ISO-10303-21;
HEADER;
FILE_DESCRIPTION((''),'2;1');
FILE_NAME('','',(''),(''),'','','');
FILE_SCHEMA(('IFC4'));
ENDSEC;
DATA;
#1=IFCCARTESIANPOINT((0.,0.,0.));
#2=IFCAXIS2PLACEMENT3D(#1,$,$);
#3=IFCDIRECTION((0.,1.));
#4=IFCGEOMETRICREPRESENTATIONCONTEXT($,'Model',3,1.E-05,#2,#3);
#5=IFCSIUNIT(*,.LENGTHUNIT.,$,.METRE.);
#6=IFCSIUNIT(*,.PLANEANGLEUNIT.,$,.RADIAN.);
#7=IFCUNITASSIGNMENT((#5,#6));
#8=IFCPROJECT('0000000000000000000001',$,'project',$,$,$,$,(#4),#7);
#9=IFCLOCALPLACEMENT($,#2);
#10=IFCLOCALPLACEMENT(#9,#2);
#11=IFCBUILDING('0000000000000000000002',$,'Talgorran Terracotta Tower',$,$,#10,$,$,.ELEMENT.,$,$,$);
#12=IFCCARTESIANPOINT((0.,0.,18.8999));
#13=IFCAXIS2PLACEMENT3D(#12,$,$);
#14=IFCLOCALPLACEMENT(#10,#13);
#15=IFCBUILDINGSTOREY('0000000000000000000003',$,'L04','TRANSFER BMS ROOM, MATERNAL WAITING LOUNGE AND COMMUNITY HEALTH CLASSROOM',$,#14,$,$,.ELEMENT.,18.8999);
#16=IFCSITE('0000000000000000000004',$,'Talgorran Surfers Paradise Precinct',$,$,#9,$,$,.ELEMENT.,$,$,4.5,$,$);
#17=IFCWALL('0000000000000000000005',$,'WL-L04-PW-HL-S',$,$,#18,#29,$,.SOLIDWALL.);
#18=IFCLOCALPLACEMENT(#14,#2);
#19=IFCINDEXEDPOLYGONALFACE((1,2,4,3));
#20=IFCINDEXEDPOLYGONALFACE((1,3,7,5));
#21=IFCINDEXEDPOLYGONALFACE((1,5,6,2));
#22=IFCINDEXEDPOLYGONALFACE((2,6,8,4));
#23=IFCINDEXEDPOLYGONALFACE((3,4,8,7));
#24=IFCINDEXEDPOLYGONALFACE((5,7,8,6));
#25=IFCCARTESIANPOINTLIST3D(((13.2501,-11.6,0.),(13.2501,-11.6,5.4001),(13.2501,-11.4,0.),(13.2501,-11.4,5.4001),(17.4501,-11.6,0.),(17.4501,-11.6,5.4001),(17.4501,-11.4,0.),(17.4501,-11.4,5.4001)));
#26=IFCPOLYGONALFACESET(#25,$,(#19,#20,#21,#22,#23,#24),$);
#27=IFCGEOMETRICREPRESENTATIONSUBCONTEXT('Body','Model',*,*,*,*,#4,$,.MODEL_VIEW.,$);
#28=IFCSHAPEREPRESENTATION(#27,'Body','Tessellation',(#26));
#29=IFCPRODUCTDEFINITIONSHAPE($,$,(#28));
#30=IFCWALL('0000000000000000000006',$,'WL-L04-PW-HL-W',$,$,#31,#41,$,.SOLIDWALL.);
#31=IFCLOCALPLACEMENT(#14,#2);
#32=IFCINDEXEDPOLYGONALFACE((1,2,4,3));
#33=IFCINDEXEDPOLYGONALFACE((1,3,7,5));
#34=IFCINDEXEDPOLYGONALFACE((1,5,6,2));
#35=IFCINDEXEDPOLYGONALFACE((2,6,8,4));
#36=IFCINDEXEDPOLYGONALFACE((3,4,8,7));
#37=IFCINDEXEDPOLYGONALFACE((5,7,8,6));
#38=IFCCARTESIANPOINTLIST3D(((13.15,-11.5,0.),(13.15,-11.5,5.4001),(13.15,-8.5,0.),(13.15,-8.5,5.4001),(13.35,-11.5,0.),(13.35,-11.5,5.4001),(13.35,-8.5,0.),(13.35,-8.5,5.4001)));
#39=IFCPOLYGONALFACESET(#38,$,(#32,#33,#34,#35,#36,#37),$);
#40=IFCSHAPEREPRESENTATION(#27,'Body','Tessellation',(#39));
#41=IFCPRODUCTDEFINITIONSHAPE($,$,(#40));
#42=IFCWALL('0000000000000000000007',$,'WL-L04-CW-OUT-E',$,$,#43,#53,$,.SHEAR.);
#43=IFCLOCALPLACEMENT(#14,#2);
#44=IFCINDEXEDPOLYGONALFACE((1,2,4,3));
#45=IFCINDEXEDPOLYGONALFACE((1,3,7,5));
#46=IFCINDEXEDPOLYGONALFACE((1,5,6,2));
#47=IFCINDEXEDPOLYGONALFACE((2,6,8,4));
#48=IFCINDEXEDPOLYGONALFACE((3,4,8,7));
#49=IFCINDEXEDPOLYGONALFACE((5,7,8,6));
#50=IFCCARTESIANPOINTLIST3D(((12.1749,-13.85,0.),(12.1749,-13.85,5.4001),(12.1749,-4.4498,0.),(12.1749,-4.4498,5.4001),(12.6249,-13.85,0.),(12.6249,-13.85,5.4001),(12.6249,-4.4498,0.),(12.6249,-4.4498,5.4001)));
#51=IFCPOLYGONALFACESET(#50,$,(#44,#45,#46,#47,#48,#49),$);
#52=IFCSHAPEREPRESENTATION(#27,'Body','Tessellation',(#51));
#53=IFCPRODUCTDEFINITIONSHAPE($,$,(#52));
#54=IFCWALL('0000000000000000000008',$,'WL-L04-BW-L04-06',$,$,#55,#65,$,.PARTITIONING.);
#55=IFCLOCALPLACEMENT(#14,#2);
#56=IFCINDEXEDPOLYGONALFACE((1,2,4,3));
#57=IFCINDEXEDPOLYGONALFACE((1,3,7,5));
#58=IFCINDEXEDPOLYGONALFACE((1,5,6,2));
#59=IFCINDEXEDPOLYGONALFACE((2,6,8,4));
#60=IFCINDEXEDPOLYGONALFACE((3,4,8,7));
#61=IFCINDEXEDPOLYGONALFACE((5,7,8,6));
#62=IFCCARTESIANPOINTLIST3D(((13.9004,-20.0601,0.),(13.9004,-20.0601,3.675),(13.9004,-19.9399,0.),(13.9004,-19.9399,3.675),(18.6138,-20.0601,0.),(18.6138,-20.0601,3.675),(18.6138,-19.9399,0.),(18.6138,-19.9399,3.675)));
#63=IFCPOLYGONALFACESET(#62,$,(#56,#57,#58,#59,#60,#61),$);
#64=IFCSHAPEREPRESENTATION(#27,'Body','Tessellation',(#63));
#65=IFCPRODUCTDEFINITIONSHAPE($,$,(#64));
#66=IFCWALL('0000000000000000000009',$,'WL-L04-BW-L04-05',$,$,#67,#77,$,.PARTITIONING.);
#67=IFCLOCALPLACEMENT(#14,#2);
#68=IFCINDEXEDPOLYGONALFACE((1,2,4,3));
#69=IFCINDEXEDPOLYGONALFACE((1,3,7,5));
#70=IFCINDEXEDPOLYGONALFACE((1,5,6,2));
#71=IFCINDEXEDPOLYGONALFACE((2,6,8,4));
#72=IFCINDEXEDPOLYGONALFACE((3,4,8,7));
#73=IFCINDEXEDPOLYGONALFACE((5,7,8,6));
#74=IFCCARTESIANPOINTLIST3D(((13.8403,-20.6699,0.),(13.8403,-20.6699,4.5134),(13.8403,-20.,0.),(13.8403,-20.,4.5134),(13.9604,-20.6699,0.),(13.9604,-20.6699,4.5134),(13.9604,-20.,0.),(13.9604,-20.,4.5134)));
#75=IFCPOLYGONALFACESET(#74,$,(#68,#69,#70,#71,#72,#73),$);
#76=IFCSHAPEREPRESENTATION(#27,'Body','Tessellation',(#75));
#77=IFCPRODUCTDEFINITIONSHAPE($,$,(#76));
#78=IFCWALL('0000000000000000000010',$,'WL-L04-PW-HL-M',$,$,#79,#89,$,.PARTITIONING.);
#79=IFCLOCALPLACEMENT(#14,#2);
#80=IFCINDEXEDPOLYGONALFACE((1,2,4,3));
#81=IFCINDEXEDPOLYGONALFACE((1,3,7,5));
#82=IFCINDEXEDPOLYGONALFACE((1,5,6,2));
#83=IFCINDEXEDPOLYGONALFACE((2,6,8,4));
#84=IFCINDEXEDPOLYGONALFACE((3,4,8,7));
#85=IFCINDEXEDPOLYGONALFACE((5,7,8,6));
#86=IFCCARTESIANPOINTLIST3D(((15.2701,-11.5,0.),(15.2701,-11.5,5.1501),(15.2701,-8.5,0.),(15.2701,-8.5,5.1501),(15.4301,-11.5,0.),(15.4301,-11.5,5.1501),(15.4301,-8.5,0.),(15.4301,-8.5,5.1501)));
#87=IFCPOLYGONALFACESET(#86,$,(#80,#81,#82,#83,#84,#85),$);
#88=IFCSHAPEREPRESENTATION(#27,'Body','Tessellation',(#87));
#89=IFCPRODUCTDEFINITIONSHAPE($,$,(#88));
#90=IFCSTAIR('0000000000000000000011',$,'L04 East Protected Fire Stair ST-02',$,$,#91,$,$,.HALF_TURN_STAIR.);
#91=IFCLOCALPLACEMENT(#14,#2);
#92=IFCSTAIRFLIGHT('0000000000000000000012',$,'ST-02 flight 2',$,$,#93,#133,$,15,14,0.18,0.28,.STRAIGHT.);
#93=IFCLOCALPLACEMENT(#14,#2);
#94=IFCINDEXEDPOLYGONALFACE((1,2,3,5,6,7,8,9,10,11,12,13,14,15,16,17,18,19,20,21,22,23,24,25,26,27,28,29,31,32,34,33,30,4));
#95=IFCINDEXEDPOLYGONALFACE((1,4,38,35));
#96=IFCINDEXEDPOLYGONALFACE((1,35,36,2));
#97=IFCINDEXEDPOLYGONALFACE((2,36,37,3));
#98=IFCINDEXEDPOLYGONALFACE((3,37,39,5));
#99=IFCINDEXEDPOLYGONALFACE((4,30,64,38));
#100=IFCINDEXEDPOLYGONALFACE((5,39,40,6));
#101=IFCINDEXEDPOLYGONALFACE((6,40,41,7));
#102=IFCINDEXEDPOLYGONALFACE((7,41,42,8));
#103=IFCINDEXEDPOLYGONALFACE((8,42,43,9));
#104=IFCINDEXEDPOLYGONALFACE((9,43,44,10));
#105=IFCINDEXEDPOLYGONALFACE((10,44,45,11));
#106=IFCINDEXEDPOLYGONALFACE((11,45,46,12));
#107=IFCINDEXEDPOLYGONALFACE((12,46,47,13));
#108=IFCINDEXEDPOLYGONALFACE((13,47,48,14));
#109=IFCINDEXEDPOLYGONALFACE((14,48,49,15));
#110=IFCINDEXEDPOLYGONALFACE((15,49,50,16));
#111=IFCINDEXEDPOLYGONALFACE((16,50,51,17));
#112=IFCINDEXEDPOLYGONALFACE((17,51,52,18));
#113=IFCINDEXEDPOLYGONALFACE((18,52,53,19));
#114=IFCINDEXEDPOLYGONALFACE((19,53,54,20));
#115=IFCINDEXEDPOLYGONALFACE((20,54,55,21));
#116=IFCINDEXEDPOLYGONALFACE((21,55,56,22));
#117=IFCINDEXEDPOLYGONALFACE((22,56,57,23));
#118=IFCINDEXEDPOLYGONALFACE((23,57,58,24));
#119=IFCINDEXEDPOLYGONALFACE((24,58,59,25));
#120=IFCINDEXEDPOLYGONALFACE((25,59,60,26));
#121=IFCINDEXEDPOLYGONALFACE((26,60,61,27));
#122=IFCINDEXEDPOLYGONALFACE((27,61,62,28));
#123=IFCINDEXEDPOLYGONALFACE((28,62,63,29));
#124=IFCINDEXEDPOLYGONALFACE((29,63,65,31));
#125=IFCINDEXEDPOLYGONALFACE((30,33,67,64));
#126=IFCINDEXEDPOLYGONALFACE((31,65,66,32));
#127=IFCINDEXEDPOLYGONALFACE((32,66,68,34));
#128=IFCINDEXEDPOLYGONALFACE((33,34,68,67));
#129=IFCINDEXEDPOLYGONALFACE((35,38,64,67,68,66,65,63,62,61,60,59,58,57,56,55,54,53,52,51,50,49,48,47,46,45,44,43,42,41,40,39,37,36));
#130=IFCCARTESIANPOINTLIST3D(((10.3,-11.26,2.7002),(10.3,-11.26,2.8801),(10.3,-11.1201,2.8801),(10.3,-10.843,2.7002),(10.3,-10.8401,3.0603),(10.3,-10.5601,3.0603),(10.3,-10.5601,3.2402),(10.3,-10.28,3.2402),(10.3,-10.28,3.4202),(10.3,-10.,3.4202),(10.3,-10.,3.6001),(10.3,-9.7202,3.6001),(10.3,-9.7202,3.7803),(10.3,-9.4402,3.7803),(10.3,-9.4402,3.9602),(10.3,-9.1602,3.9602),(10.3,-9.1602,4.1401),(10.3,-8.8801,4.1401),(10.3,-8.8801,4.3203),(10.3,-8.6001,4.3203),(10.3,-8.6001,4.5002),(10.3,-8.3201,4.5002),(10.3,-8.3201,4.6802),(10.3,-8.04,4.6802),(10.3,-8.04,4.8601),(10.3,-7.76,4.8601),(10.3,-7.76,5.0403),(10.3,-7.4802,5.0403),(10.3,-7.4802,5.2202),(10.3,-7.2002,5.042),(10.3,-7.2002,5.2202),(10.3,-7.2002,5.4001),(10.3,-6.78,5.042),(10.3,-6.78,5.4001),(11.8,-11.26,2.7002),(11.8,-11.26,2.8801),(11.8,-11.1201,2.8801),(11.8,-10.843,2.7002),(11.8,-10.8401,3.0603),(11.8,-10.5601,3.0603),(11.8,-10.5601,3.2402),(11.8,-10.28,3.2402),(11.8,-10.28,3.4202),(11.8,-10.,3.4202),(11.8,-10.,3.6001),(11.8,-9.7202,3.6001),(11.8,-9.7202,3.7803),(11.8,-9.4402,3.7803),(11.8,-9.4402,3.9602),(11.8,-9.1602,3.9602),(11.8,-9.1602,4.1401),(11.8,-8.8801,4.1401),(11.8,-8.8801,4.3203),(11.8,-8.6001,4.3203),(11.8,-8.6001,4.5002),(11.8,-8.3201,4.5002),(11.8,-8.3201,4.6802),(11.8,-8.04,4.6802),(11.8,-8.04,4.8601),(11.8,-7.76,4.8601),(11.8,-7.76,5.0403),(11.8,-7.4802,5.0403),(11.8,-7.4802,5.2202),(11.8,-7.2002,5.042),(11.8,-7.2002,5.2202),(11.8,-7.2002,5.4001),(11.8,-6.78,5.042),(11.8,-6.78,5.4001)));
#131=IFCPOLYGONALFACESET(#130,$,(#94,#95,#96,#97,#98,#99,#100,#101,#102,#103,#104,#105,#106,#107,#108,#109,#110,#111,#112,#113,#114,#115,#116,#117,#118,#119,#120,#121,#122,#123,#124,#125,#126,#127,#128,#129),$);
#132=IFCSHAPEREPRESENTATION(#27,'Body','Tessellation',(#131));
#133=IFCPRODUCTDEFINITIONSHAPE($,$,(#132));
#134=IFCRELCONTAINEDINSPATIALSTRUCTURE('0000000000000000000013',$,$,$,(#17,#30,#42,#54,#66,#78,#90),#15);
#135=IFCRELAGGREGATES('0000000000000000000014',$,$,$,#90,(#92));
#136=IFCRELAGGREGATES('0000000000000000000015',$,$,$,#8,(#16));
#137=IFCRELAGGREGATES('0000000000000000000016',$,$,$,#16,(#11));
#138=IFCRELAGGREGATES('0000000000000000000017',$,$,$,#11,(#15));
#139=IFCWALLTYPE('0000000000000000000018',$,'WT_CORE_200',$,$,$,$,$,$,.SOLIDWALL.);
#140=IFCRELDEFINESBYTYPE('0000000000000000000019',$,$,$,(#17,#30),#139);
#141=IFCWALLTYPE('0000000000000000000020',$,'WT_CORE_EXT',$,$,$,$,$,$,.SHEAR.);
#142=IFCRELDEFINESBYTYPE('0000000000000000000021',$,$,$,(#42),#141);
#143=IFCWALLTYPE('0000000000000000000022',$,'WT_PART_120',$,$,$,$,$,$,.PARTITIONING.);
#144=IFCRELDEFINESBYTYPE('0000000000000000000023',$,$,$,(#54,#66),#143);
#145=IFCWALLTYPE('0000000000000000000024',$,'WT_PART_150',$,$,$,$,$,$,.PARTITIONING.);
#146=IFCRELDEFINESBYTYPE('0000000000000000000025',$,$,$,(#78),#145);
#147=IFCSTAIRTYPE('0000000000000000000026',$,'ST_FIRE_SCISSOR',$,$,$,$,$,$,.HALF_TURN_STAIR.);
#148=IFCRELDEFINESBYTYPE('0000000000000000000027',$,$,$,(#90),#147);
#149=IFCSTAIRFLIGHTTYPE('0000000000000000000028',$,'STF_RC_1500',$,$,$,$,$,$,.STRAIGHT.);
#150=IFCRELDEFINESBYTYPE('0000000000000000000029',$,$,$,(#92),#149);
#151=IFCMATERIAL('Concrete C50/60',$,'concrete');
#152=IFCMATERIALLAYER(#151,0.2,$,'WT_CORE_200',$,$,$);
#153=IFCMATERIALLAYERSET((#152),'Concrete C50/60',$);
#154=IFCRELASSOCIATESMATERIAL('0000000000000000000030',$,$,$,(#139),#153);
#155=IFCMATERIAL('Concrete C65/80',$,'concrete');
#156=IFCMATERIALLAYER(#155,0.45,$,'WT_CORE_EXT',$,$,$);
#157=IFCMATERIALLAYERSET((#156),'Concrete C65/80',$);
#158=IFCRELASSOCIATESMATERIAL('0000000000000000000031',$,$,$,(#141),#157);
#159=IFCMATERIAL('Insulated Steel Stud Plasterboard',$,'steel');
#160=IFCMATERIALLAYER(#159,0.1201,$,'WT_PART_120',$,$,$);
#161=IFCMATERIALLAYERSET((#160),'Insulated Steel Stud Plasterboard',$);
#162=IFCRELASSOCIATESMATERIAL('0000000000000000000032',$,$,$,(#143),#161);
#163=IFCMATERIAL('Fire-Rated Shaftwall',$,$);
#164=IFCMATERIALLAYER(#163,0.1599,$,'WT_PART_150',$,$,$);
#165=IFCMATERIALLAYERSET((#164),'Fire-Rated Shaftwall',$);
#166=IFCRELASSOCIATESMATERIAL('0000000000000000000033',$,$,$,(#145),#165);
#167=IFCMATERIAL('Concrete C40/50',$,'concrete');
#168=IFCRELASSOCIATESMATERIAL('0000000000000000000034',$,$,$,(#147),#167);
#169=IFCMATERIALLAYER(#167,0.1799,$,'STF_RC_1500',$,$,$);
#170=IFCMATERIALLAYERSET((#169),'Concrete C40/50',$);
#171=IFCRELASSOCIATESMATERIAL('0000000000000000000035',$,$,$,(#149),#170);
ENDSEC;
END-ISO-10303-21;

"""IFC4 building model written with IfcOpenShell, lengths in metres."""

from ifc_helpers import new_model, si_unit, direction, frame, frame_2d, origin, place, context, subcontext, project, spatial, polyline, rectangle, outline, extrude, material, layer, layer_set, type_object, element, aggregate, save


model = new_model("IFC4")

# Units and contexts
model_context = context("Model", 3, precision=1e-05, world=origin(), true_north=direction((0.0, 1.0)))
body_context = subcontext(model_context, "Body", "Model", "MODEL_VIEW")
ifc_project = project(units=[si_unit("LENGTHUNIT", "METRE"), si_unit("PLANEANGLEUNIT", "RADIAN")], contexts=[model_context])

# Site, building, storey
site_placement = place(None, origin())
site = spatial("IfcSite", under=ifc_project, at=site_placement, Name="Talgorran Surfers Paradise Precinct", CompositionType="ELEMENT", RefElevation=4.5)
building_placement = place(site_placement, origin())
building = spatial("IfcBuilding", under=site, at=building_placement, Name="Talgorran Terracotta Tower", CompositionType="ELEMENT")
storey_placement = place(building_placement, frame((0.0, 0.0, 18.8999)))
storey = spatial("IfcBuildingStorey", under=building, at=storey_placement, Name="L04", Description="TRANSFER BMS ROOM, MATERNAL WAITING LOUNGE AND COMMUNITY HEALTH CLASSROOM", CompositionType="ELEMENT", Elevation=18.8999)

# Walls
ifc_material_1 = material(Name="Concrete C50/60", Category="concrete")
ifc_layer_1 = layer(ifc_material_1, 0.2, Name="WT_CORE_200")
ifc_layer_set_1 = layer_set([ifc_layer_1], Name="Concrete C50/60")
wall_type_1 = type_object("IfcWallType", Name="WT_CORE_200", PredefinedType="SOLIDWALL", material=ifc_layer_set_1)
wall_1_placement = place(storey_placement, frame((13.25, -11.5, 0.0), z_axis=(0.0, 0.0, 1.0), x_axis=(1.0, 0.0, 0.0)))
element("IfcWall", 1, at=wall_1_placement, inside=storey, type_object=wall_type_1, Name="WL-L04-PW-HL-S", PredefinedType="SOLIDWALL", context=body_context, shape_type="SweptSolid", body=[
    extrude(rectangle(XDim=4.2, YDim=0.2, at=frame_2d((2.1001, 0.0))), origin(), (0.0, 0.0, 1.0), 5.4001),
])
wall_2_placement = place(storey_placement, frame((13.25, -11.5, 0.0), z_axis=(0.0, 0.0, 1.0), x_axis=(0.0, 1.0, 0.0)))
element("IfcWall", 2, at=wall_2_placement, inside=storey, type_object=wall_type_1, Name="WL-L04-PW-HL-W", PredefinedType="SOLIDWALL", context=body_context, shape_type="SweptSolid", body=[
    extrude(rectangle(XDim=3.0, YDim=0.2, at=frame_2d((1.5, 0.0))), origin(), (0.0, 0.0, 1.0), 5.4001),
])
ifc_material_2 = material(Name="Concrete C65/80", Category="concrete")
ifc_layer_2 = layer(ifc_material_2, 0.45, Name="WT_CORE_EXT")
ifc_layer_set_2 = layer_set([ifc_layer_2], Name="Concrete C65/80")
wall_type_2 = type_object("IfcWallType", Name="WT_CORE_EXT", PredefinedType="SHEAR", material=ifc_layer_set_2)
wall_3_placement = place(storey_placement, frame((12.3999, -13.8501, 0.0), z_axis=(0.0, 0.0, 1.0), x_axis=(0.0, 1.0, 0.0)))
element("IfcWall", 3, at=wall_3_placement, inside=storey, type_object=wall_type_2, Name="WL-L04-CW-OUT-E", PredefinedType="SHEAR", context=body_context, shape_type="SweptSolid", body=[
    extrude(rectangle(XDim=9.4001, YDim=0.45, at=frame_2d((4.7002, 0.0))), origin(), (0.0, 0.0, 1.0), 5.4001),
])
ifc_material_3 = material(Name="Insulated Steel Stud Plasterboard", Category="steel")
ifc_layer_3 = layer(ifc_material_3, 0.1201, Name="WT_PART_120")
ifc_layer_set_3 = layer_set([ifc_layer_3], Name="Insulated Steel Stud Plasterboard")
wall_type_3 = type_object("IfcWallType", Name="WT_PART_120", PredefinedType="PARTITIONING", material=ifc_layer_set_3)
wall_4_placement = place(storey_placement, frame((13.9004, -20.0, 0.0), z_axis=(0.0, 0.0, 1.0), x_axis=(1.0, 0.0, 0.0)))
element("IfcWall", 4, at=wall_4_placement, inside=storey, type_object=wall_type_3, Name="WL-L04-BW-L04-06", PredefinedType="PARTITIONING", context=body_context, shape_type="SweptSolid", body=[
    extrude(rectangle(XDim=4.7134, YDim=0.1201, at=frame_2d((2.3567, 0.0))), origin(), (0.0, 0.0, 1.0), 3.675),
])
wall_5_placement = place(storey_placement, frame((13.9004, -20.6699, 0.0), z_axis=(0.0, 0.0, 1.0), x_axis=(0.0, 1.0, 0.0)))
element("IfcWall", 5, at=wall_5_placement, inside=storey, type_object=wall_type_3, Name="WL-L04-BW-L04-05", PredefinedType="PARTITIONING", context=body_context, shape_type="SweptSolid", body=[
    extrude(rectangle(XDim=0.6699, YDim=0.1201, at=frame_2d((0.335, 0.0))), origin(), (0.0, 0.0, 1.0), 4.5134),
])
ifc_material_4 = material(Name="Fire-Rated Shaftwall")
ifc_layer_4 = layer(ifc_material_4, 0.1599, Name="WT_PART_150")
ifc_layer_set_4 = layer_set([ifc_layer_4], Name="Fire-Rated Shaftwall")
wall_type_4 = type_object("IfcWallType", Name="WT_PART_150", PredefinedType="PARTITIONING", material=ifc_layer_set_4)
wall_6_placement = place(storey_placement, frame((15.3501, -11.5, 0.0), z_axis=(0.0, 0.0, 1.0), x_axis=(0.0, 1.0, 0.0)))
element("IfcWall", 6, at=wall_6_placement, inside=storey, type_object=wall_type_4, Name="WL-L04-PW-HL-M", PredefinedType="PARTITIONING", context=body_context, shape_type="SweptSolid", body=[
    extrude(rectangle(XDim=3.0, YDim=0.1599, at=frame_2d((1.5, 0.0))), origin(), (0.0, 0.0, 1.0), 5.1501),
])

# Stair, stair flight
ifc_material_5 = material(Name="Concrete C40/50", Category="concrete")
stair_type = type_object("IfcStairType", Name="ST_FIRE_SCISSOR", PredefinedType="HALF_TURN_STAIR", material=ifc_material_5)
stair_placement = place(storey_placement, origin())
stair = element("IfcStair", 7, at=stair_placement, inside=storey, type_object=stair_type, Name="L04 East Protected Fire Stair ST-02", PredefinedType="HALF_TURN_STAIR")
ifc_layer_5 = layer(ifc_material_5, 0.1799, Name="STF_RC_1500")
ifc_layer_set_5 = layer_set([ifc_layer_5], Name="Concrete C40/50")
stair_flight_type = type_object("IfcStairFlightType", Name="STF_RC_1500", PredefinedType="STRAIGHT", material=ifc_layer_set_5)
stair_flight_placement = place(storey_placement, frame((11.05, -11.1201, 2.7002), z_axis=(0.0, 0.0, 1.0), x_axis=(0.0, 1.0, 0.0)))
stair_flight = element("IfcStairFlight", 8, at=stair_flight_placement, type_object=stair_flight_type, Name="ST-02 flight 2", NumberOfRisers=15, NumberOfTreads=14, PredefinedType="STRAIGHT", RiserHeight=0.18, TreadLength=0.28, context=body_context, shape_type="SweptSolid", body=[
    extrude(outline(polyline([(-0.1399, 0.0), (-0.1399, 0.1799), (0.0, 0.1799), (0.28, 0.3601), (0.5601, 0.3601), (0.5601, 0.54), (0.8401, 0.54), (0.8401, 0.72), (1.1201, 0.72), (1.1201, 0.8999), (1.3999, 0.8999), (1.3999, 1.0801), (1.6799, 1.0801), (1.6799, 1.26), (1.96, 1.26), (1.96, 1.4399), (2.24, 1.4399), (2.24, 1.6201), (2.52, 1.6201), (2.52, 1.8), (2.8, 1.8), (2.8, 1.98), (3.0801, 1.98), (3.0801, 2.1599), (3.3601, 2.1599), (3.3601, 2.3401), (3.6399, 2.3401), (3.6399, 2.52), (3.9199, 2.52), (3.9199, 2.7), (4.3401, 2.7), (4.3401, 2.3418), (3.9199, 2.3418), (0.2771, 0.0), (-0.1399, 0.0)])), frame((0.0, 0.75, 0.0), z_axis=(0.0, -1.0, 0.0), x_axis=(1.0, 0.0, 0.0)), (0.0, 0.0, 1.0), 1.5),
])
aggregate(stair, [stair_flight])

save(model, "model.ifc")
